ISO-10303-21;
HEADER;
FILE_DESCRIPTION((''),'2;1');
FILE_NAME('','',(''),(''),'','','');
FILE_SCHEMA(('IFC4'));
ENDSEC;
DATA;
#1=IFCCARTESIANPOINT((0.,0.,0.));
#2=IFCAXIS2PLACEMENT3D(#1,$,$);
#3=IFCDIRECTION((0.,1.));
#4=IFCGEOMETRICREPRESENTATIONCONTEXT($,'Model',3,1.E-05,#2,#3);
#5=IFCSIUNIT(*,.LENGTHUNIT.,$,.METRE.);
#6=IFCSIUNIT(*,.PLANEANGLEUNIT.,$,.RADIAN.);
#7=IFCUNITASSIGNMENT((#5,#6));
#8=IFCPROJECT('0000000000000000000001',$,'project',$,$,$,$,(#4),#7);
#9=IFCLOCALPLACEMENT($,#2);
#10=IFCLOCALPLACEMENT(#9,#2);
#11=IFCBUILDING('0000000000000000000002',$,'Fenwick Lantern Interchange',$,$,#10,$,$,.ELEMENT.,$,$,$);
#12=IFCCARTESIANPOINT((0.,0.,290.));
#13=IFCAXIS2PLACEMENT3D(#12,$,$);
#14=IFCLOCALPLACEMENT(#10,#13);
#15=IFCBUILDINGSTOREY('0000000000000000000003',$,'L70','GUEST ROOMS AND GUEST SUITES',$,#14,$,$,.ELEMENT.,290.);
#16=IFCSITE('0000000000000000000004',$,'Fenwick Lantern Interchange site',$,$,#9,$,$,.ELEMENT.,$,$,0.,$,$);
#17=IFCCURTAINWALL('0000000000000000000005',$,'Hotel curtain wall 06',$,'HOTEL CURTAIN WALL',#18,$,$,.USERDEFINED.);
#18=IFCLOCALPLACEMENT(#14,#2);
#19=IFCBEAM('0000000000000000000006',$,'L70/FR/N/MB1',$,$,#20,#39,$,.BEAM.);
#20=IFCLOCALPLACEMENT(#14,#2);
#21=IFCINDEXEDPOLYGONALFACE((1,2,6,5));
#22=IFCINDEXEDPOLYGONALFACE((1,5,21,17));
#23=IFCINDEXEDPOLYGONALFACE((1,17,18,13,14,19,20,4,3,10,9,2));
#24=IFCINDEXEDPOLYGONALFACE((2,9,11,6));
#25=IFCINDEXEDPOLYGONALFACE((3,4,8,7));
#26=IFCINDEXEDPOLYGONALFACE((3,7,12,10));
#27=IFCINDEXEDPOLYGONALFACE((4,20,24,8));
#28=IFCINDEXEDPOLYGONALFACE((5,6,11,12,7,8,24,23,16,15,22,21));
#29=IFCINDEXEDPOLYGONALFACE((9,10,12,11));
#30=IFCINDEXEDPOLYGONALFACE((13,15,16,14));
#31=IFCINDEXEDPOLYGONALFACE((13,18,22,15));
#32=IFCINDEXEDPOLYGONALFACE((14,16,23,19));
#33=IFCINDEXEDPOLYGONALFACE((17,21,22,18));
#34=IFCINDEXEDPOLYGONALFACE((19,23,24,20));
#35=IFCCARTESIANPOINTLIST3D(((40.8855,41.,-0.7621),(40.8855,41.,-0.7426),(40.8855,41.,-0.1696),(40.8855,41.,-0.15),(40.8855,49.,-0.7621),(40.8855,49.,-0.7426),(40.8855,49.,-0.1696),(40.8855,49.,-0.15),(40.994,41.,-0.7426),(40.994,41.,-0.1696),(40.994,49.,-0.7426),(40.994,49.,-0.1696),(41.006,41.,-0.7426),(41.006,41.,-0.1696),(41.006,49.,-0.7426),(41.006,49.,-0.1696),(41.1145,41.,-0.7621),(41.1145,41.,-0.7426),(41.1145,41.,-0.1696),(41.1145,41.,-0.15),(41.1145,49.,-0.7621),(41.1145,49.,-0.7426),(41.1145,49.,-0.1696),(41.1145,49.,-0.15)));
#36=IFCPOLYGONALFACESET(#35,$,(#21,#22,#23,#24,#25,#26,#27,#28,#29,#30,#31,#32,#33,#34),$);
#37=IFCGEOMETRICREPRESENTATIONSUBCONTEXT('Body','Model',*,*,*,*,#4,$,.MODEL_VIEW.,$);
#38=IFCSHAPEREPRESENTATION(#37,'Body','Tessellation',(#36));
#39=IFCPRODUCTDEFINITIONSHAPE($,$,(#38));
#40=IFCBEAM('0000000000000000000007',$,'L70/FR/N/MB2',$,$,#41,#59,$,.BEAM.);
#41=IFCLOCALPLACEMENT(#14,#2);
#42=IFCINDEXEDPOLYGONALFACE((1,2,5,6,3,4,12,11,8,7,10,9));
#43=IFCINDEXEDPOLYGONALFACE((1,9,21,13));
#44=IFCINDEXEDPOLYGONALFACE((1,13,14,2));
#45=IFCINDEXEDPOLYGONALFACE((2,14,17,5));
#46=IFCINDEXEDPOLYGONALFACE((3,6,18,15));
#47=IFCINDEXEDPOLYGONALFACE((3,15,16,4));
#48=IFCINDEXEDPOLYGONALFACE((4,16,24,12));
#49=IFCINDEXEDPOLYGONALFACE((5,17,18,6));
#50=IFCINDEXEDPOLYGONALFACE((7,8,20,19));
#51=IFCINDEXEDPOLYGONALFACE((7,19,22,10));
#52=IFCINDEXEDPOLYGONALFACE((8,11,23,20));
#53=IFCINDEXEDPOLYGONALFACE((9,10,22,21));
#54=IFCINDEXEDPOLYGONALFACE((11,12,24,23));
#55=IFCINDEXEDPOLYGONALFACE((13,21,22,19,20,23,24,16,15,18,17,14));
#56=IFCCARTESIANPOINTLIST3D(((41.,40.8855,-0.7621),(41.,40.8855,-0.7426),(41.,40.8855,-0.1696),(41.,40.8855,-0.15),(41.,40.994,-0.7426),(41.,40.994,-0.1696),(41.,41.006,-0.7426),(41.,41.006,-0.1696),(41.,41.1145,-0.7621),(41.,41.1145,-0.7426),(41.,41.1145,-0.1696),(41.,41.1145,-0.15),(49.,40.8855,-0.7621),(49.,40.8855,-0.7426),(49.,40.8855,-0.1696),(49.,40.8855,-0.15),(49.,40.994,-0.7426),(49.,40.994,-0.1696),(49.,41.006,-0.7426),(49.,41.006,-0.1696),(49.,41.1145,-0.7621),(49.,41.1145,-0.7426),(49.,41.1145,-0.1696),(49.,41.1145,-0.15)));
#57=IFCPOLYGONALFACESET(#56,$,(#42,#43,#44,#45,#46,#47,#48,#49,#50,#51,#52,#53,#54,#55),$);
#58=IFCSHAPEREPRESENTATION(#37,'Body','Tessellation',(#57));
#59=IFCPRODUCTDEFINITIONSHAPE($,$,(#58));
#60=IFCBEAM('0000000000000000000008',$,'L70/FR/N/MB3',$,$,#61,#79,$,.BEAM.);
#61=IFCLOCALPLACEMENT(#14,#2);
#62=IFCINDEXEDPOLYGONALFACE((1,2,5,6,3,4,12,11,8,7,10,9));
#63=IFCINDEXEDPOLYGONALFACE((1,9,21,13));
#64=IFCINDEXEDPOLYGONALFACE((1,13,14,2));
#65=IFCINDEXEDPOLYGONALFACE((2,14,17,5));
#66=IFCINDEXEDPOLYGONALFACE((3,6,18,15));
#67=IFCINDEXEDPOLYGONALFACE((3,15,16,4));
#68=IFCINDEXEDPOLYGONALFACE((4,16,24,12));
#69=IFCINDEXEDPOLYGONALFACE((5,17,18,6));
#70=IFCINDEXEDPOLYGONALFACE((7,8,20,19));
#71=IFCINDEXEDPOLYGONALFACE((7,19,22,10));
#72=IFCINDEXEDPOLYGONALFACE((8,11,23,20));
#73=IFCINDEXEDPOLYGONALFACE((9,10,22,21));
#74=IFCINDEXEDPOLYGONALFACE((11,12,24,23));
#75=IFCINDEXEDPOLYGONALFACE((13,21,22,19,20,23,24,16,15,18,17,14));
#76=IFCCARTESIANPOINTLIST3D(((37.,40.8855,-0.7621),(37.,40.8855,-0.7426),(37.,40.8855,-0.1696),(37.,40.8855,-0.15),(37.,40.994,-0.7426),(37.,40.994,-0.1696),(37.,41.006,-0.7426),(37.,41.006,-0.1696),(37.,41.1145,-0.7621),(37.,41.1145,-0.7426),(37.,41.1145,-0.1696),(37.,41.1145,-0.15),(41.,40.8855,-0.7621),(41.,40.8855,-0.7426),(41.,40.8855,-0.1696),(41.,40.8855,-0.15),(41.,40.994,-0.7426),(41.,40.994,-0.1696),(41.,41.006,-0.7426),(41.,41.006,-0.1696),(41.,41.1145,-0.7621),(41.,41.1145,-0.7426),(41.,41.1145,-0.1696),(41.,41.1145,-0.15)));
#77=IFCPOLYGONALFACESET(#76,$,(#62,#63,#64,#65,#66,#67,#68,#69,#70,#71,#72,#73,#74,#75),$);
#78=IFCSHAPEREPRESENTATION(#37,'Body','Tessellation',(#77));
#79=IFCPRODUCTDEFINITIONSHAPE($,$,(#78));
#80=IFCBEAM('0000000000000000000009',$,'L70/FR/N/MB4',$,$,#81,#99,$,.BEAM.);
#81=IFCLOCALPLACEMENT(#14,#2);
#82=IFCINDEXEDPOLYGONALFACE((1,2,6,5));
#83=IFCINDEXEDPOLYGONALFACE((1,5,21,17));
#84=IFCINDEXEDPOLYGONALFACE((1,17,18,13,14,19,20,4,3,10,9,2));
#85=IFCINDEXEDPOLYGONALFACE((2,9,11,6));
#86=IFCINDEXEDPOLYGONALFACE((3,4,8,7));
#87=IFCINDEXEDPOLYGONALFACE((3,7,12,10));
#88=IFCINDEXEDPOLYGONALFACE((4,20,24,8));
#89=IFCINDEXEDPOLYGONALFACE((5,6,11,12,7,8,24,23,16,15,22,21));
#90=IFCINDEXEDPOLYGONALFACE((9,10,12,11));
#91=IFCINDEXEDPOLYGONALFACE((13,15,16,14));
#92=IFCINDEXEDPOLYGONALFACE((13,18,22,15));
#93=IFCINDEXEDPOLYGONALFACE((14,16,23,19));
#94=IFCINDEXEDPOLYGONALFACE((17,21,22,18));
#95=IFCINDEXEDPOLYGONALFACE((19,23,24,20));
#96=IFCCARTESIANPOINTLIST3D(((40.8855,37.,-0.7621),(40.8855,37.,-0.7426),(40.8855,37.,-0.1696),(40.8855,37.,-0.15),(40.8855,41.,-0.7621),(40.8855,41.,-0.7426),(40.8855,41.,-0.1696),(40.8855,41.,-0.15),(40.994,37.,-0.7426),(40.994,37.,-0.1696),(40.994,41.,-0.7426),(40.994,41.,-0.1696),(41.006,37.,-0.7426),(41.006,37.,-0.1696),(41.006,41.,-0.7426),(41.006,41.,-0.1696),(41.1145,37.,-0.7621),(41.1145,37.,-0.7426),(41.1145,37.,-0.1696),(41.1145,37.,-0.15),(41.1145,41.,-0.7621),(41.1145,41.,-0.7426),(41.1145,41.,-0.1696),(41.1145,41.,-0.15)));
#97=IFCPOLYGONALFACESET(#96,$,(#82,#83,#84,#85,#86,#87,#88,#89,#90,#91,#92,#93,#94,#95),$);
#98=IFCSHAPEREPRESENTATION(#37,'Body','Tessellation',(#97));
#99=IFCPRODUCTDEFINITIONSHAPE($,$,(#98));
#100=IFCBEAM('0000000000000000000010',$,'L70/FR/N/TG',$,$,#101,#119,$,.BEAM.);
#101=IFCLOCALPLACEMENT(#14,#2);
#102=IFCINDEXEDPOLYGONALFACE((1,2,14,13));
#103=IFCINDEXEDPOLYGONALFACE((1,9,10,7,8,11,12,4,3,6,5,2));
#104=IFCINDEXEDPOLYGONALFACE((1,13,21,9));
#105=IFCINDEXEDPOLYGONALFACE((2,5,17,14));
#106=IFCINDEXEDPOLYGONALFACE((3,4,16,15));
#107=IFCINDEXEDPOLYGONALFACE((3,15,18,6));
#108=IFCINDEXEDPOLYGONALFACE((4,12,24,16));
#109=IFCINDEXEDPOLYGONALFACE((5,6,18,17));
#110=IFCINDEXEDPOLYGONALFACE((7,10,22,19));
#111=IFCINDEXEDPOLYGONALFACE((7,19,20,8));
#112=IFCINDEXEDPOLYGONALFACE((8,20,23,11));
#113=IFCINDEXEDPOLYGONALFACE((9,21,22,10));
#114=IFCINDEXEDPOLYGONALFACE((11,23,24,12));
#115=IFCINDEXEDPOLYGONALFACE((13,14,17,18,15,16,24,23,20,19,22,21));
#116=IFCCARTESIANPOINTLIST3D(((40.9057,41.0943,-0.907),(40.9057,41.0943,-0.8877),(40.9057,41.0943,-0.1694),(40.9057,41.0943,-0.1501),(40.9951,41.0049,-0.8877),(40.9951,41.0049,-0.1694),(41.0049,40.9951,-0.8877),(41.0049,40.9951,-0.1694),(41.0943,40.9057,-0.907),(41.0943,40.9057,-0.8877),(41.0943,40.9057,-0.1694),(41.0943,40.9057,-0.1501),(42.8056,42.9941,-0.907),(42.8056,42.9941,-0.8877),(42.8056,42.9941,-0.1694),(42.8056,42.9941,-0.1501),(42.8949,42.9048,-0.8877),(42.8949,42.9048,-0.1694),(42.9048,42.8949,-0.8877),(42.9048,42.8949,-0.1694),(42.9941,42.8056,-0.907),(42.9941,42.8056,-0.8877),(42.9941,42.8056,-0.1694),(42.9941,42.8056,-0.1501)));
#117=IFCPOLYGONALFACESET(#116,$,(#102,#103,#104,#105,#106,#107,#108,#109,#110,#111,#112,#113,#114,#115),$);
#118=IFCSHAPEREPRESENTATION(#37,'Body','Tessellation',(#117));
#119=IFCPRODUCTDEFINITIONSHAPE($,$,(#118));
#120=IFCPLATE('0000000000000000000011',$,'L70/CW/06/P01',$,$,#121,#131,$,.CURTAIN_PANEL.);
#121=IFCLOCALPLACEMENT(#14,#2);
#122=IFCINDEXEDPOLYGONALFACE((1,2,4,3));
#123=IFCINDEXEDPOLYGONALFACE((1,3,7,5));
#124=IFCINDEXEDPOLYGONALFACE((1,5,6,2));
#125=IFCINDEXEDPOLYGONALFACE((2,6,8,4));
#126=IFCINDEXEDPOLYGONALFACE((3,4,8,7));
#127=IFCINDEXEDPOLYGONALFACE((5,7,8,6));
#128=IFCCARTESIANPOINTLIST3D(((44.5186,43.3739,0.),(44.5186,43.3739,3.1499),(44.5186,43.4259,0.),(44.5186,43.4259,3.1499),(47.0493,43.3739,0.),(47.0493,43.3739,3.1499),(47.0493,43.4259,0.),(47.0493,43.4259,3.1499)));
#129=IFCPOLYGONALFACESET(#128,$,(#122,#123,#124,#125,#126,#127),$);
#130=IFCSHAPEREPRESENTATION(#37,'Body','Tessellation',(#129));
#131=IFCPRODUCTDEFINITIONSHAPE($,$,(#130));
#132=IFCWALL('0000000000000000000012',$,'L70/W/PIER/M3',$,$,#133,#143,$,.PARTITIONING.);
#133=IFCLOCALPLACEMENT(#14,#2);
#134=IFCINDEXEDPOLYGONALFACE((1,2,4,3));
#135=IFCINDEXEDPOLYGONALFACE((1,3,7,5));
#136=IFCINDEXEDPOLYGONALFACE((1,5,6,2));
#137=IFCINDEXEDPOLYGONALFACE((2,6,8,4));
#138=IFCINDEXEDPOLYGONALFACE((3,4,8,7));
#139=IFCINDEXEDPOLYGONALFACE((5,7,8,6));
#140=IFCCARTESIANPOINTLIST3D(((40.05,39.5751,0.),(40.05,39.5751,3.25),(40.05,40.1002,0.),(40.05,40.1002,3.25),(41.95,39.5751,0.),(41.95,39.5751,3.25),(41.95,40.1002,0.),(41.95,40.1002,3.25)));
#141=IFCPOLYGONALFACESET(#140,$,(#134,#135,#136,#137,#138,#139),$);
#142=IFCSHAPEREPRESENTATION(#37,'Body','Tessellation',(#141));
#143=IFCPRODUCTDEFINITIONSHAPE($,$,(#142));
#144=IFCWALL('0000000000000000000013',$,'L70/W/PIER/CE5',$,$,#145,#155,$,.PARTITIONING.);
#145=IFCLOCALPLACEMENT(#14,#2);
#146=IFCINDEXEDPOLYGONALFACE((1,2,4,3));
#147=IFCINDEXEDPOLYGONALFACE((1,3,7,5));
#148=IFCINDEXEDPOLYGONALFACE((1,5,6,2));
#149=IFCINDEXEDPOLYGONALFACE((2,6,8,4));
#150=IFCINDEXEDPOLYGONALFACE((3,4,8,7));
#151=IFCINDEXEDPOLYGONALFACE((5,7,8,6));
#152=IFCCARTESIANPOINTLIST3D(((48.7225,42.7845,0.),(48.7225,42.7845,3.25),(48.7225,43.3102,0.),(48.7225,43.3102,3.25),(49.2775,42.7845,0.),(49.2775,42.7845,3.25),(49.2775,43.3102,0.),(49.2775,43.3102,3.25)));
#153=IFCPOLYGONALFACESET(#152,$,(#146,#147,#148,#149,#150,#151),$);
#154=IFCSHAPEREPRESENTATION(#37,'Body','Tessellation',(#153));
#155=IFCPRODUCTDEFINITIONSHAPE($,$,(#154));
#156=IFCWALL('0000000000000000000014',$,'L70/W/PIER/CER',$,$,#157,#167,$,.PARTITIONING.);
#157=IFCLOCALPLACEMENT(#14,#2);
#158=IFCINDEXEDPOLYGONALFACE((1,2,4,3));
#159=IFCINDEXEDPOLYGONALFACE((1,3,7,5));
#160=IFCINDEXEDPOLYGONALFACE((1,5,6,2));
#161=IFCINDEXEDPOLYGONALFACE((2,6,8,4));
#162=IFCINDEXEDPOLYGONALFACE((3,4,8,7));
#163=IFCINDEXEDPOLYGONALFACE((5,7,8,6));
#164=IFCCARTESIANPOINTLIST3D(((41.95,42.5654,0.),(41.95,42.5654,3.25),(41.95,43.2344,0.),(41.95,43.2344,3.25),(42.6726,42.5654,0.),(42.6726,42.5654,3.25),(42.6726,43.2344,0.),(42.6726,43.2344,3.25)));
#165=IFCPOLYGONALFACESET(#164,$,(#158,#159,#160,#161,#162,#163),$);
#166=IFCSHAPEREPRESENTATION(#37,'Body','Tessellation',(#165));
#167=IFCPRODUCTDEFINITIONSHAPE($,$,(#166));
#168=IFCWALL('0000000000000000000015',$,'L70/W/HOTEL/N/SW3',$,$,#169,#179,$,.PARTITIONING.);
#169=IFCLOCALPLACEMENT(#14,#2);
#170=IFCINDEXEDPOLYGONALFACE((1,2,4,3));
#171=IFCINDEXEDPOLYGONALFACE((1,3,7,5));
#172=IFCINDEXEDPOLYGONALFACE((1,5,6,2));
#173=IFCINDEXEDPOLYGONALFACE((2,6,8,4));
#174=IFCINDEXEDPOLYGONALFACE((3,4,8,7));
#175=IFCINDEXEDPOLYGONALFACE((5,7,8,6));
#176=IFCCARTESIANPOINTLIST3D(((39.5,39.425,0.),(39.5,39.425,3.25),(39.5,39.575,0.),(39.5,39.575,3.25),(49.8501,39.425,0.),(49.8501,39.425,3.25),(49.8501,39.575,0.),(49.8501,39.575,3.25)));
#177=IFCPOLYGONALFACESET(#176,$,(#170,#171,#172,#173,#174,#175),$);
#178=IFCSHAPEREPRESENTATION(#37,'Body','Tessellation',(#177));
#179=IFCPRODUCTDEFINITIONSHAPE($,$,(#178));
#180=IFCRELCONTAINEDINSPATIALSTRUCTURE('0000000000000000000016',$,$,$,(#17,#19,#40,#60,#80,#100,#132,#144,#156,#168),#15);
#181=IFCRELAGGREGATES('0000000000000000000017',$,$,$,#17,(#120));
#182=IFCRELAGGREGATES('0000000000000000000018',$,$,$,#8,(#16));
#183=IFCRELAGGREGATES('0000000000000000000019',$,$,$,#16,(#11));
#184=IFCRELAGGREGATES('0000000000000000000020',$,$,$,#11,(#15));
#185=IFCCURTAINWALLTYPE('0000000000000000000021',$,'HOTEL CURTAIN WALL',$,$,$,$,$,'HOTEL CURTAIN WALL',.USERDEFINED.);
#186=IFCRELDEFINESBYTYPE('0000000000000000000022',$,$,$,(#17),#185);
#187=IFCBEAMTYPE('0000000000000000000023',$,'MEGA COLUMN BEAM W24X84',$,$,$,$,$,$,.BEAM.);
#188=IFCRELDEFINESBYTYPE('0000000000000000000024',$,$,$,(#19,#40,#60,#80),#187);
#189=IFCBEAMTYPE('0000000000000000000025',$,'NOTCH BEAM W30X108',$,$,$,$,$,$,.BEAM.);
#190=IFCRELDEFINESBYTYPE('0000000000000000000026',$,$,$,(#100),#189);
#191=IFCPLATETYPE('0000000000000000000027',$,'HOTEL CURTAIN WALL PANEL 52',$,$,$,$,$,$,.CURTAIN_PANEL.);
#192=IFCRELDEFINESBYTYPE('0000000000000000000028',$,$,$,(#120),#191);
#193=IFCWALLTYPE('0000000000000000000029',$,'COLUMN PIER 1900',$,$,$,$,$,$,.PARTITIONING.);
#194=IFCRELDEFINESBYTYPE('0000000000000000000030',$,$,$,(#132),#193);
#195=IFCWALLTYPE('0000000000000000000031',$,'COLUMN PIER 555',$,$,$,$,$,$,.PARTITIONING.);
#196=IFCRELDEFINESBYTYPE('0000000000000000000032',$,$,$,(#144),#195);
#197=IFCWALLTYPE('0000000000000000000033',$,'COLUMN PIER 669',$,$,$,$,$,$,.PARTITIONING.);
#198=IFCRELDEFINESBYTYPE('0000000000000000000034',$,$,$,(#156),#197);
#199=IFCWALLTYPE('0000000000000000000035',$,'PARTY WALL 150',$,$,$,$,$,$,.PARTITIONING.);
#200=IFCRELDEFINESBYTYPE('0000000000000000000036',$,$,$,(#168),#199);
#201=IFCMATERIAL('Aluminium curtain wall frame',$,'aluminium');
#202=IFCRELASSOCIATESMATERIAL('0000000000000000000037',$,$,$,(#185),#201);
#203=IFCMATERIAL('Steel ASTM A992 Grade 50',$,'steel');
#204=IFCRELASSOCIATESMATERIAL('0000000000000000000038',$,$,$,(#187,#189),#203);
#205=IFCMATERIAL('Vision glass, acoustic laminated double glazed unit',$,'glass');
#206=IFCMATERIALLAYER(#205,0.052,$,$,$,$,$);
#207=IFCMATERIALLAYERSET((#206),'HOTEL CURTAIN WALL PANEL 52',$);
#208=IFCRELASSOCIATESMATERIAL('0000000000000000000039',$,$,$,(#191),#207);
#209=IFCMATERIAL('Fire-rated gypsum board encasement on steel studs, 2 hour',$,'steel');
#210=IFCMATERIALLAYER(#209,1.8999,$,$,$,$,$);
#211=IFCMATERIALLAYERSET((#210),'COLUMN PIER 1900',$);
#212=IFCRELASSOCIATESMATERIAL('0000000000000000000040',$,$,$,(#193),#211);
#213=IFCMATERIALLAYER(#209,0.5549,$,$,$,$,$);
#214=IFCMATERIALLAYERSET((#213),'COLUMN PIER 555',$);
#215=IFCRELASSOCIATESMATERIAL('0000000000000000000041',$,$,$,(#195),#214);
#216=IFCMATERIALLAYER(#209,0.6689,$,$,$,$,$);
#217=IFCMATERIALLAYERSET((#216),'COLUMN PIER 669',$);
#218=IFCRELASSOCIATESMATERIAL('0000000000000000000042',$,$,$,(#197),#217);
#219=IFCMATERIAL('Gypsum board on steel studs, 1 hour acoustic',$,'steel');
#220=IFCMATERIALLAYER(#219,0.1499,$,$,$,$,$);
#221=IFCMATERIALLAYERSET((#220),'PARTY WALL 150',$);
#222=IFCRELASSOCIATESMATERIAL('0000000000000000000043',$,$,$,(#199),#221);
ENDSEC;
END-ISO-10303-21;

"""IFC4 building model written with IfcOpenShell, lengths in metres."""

from ifc_helpers import new_model, si_unit, direction, frame, frame_2d, origin, origin_2d, place, context, subcontext, project, spatial, rectangle, i_section, extrude, material, layer, layer_set, material_profile, profile_set, type_object, element, aggregate, save


model = new_model("IFC4")

# Units and contexts
model_context = context("Model", 3, precision=1e-05, world=origin(), true_north=direction((0.0, 1.0)))
body_context = subcontext(model_context, "Body", "Model", "MODEL_VIEW")
ifc_project = project(units=[si_unit("LENGTHUNIT", "METRE"), si_unit("PLANEANGLEUNIT", "RADIAN")], contexts=[model_context])

# Site, building, storey
site_placement = place(None, origin())
site = spatial("IfcSite", under=ifc_project, at=site_placement, Name="Fenwick Lantern Interchange site", CompositionType="ELEMENT", RefElevation=0.0)
building_placement = place(site_placement, origin())
building = spatial("IfcBuilding", under=site, at=building_placement, Name="Fenwick Lantern Interchange", CompositionType="ELEMENT")
storey_placement = place(building_placement, frame((0.0, 0.0, 290.0)))
storey = spatial("IfcBuildingStorey", under=building, at=storey_placement, Name="L70", Description="GUEST ROOMS AND GUEST SUITES", CompositionType="ELEMENT", Elevation=290.0)

# Shared definitions
ifc_material_1 = material(Name="Steel ASTM A992 Grade 50", Category="steel")

# Shared definitions
ifc_material_2 = material(Name="Aluminium curtain wall frame", Category="aluminium")
curtain_wall_type = type_object("IfcCurtainWallType", Name="HOTEL CURTAIN WALL", ElementType="HOTEL CURTAIN WALL", PredefinedType="USERDEFINED", material=ifc_material_2)

# Curtain wall
curtain_wall_1_placement = place(storey_placement, origin())
curtain_wall_1 = element("IfcCurtainWall", 1, at=curtain_wall_1_placement, inside=storey, type_object=curtain_wall_type, Name="Hotel curtain wall 06", ObjectType="HOTEL CURTAIN WALL", PredefinedType="USERDEFINED")

# Beams
ifc_material_profile_1 = material_profile(ifc_material_1, i_section(OverallWidth=0.229, OverallDepth=0.6121, WebThickness=0.012, FlangeThickness=0.0195, at=origin_2d()), Name="W24X84")
ifc_profile_set_1 = profile_set([ifc_material_profile_1], Name="Steel ASTM A992 Grade 50")
beam_type_1 = type_object("IfcBeamType", Name="MEGA COLUMN BEAM W24X84", PredefinedType="BEAM", material=ifc_profile_set_1)
for number, where, z_axis, x_axis, name in (
    (2, (41.0, 41.0, -0.4561), (0.0, 1.0, 0.0), (-1.0, 0.0, 0.0), "L70/FR/N/MB1"),
    (3, (41.0, 41.0, -0.4561), (1.0, 0.0, 0.0), (0.0, 1.0, 0.0), "L70/FR/N/MB2"),
):
    element("IfcBeam", number, at=place(storey_placement, frame(where, z_axis=z_axis, x_axis=x_axis)), inside=storey, type_object=beam_type_1, Name=name, PredefinedType="BEAM", context=body_context, shape_type="SweptSolid", body=[
        extrude(i_section(OverallWidth=0.229, OverallDepth=0.6121, WebThickness=0.012, FlangeThickness=0.0195, at=origin_2d()), origin(), (0.0, 0.0, 1.0), 8.0),
    ])
for number, where, z_axis, x_axis, name in (
    (4, (41.0, 41.0, -0.4561), (-1.0, 0.0, 0.0), (0.0, -1.0, 0.0), "L70/FR/N/MB3"),
    (5, (41.0, 41.0, -0.4561), (0.0, -1.0, 0.0), (1.0, 0.0, 0.0), "L70/FR/N/MB4"),
):
    element("IfcBeam", number, at=place(storey_placement, frame(where, z_axis=z_axis, x_axis=x_axis)), inside=storey, type_object=beam_type_1, Name=name, PredefinedType="BEAM", context=body_context, shape_type="SweptSolid", body=[
        extrude(i_section(OverallWidth=0.229, OverallDepth=0.6121, WebThickness=0.012, FlangeThickness=0.0195, at=origin_2d()), origin(), (0.0, 0.0, 1.0), 4.0),
    ])
ifc_material_profile_2 = material_profile(ifc_material_1, i_section(OverallWidth=0.2666, OverallDepth=0.7568, WebThickness=0.0139, FlangeThickness=0.0193, at=origin_2d()), Name="W30X108")
ifc_profile_set_2 = profile_set([ifc_material_profile_2], Name="Steel ASTM A992 Grade 50")
beam_type_2 = type_object("IfcBeamType", Name="NOTCH BEAM W30X108", PredefinedType="BEAM", material=ifc_profile_set_2)
beam_1_placement = place(storey_placement, frame((41.0, 41.0, -0.5286), z_axis=(0.707107, 0.707107, 0.0), x_axis=(-0.707107, 0.707107, 0.0)))
element("IfcBeam", 6, at=beam_1_placement, inside=storey, type_object=beam_type_2, Name="L70/FR/N/TG", PredefinedType="BEAM", context=body_context, shape_type="SweptSolid", body=[
    extrude(i_section(OverallWidth=0.2666, OverallDepth=0.7568, WebThickness=0.0139, FlangeThickness=0.0193, at=origin_2d()), origin(), (0.0, 0.0, 1.0), 2.6868),
])

# Plate
ifc_material_3 = material(Name="Vision glass, acoustic laminated double glazed unit", Category="glass")
ifc_layer_1 = layer(ifc_material_3, 0.052)
ifc_layer_set_1 = layer_set([ifc_layer_1], Name="HOTEL CURTAIN WALL PANEL 52")
plate_type = type_object("IfcPlateType", Name="HOTEL CURTAIN WALL PANEL 52", PredefinedType="CURTAIN_PANEL", material=ifc_layer_set_1)
plate_placement = place(storey_placement, frame((45.7839, 43.3999, 0.0), z_axis=(0.0, 0.0, 1.0), x_axis=(-1.0, 0.0, 0.0)))
plate = element("IfcPlate", 7, at=plate_placement, type_object=plate_type, Name="L70/CW/06/P01", PredefinedType="CURTAIN_PANEL", context=body_context, shape_type="SweptSolid", body=[
    extrude(rectangle(XDim=2.5308, YDim=0.052, at=origin_2d()), origin(), (0.0, 0.0, 1.0), 3.1499),
])
aggregate(curtain_wall_1, [plate])

# Walls
ifc_material_4 = material(Name="Fire-rated gypsum board encasement on steel studs, 2 hour", Category="steel")
ifc_layer_2 = layer(ifc_material_4, 1.8999)
ifc_layer_set_2 = layer_set([ifc_layer_2], Name="COLUMN PIER 1900")
wall_type_1 = type_object("IfcWallType", Name="COLUMN PIER 1900", PredefinedType="PARTITIONING", material=ifc_layer_set_2)
wall_1_placement = place(storey_placement, frame((41.0, 39.575, 0.0), z_axis=(0.0, 0.0, 1.0), x_axis=(0.0, 1.0, 0.0)))
element("IfcWall", 8, at=wall_1_placement, inside=storey, type_object=wall_type_1, Name="L70/W/PIER/M3", PredefinedType="PARTITIONING", context=body_context, shape_type="SweptSolid", body=[
    extrude(rectangle(XDim=0.5251, YDim=1.8999, at=frame_2d((0.2627, 0.0))), origin(), (0.0, 0.0, 1.0), 3.25),
])
ifc_layer_3 = layer(ifc_material_4, 0.5549)
ifc_layer_set_3 = layer_set([ifc_layer_3], Name="COLUMN PIER 555")
wall_type_2 = type_object("IfcWallType", Name="COLUMN PIER 555", PredefinedType="PARTITIONING", material=ifc_layer_set_3)
wall_2_placement = place(storey_placement, frame((49.0, 43.3101, 0.0), z_axis=(0.0, 0.0, 1.0), x_axis=(0.0, -1.0, 0.0)))
element("IfcWall", 9, at=wall_2_placement, inside=storey, type_object=wall_type_2, Name="L70/W/PIER/CE5", PredefinedType="PARTITIONING", context=body_context, shape_type="SweptSolid", body=[
    extrude(rectangle(XDim=0.5256, YDim=0.5549, at=frame_2d((0.2627, 0.0))), origin(), (0.0, 0.0, 1.0), 3.25),
])
ifc_layer_4 = layer(ifc_material_4, 0.6689)
ifc_layer_set_4 = layer_set([ifc_layer_4], Name="COLUMN PIER 669")
wall_type_3 = type_object("IfcWallType", Name="COLUMN PIER 669", PredefinedType="PARTITIONING", material=ifc_layer_set_4)
wall_3_placement = place(storey_placement, frame((41.95, 42.8999, 0.0), z_axis=(0.0, 0.0, 1.0), x_axis=(1.0, 0.0, 0.0)))
element("IfcWall", 10, at=wall_3_placement, inside=storey, type_object=wall_type_3, Name="L70/W/PIER/CER", PredefinedType="PARTITIONING", context=body_context, shape_type="SweptSolid", body=[
    extrude(rectangle(XDim=0.7227, YDim=0.6689, at=frame_2d((0.3613, 0.0))), origin(), (0.0, 0.0, 1.0), 3.25),
])
ifc_material_5 = material(Name="Gypsum board on steel studs, 1 hour acoustic", Category="steel")
ifc_layer_5 = layer(ifc_material_5, 0.1499)
ifc_layer_set_5 = layer_set([ifc_layer_5], Name="PARTY WALL 150")
wall_type_4 = type_object("IfcWallType", Name="PARTY WALL 150", PredefinedType="PARTITIONING", material=ifc_layer_set_5)
wall_4_placement = place(storey_placement, frame((49.8501, 39.5, 0.0), z_axis=(0.0, 0.0, 1.0), x_axis=(-1.0, 0.0, 0.0)))
element("IfcWall", 11, at=wall_4_placement, inside=storey, type_object=wall_type_4, Name="L70/W/HOTEL/N/SW3", PredefinedType="PARTITIONING", context=body_context, shape_type="SweptSolid", body=[
    extrude(rectangle(XDim=10.3501, YDim=0.1499, at=frame_2d((5.175, 0.0))), origin(), (0.0, 0.0, 1.0), 3.25),
])

save(model, "model.ifc")
